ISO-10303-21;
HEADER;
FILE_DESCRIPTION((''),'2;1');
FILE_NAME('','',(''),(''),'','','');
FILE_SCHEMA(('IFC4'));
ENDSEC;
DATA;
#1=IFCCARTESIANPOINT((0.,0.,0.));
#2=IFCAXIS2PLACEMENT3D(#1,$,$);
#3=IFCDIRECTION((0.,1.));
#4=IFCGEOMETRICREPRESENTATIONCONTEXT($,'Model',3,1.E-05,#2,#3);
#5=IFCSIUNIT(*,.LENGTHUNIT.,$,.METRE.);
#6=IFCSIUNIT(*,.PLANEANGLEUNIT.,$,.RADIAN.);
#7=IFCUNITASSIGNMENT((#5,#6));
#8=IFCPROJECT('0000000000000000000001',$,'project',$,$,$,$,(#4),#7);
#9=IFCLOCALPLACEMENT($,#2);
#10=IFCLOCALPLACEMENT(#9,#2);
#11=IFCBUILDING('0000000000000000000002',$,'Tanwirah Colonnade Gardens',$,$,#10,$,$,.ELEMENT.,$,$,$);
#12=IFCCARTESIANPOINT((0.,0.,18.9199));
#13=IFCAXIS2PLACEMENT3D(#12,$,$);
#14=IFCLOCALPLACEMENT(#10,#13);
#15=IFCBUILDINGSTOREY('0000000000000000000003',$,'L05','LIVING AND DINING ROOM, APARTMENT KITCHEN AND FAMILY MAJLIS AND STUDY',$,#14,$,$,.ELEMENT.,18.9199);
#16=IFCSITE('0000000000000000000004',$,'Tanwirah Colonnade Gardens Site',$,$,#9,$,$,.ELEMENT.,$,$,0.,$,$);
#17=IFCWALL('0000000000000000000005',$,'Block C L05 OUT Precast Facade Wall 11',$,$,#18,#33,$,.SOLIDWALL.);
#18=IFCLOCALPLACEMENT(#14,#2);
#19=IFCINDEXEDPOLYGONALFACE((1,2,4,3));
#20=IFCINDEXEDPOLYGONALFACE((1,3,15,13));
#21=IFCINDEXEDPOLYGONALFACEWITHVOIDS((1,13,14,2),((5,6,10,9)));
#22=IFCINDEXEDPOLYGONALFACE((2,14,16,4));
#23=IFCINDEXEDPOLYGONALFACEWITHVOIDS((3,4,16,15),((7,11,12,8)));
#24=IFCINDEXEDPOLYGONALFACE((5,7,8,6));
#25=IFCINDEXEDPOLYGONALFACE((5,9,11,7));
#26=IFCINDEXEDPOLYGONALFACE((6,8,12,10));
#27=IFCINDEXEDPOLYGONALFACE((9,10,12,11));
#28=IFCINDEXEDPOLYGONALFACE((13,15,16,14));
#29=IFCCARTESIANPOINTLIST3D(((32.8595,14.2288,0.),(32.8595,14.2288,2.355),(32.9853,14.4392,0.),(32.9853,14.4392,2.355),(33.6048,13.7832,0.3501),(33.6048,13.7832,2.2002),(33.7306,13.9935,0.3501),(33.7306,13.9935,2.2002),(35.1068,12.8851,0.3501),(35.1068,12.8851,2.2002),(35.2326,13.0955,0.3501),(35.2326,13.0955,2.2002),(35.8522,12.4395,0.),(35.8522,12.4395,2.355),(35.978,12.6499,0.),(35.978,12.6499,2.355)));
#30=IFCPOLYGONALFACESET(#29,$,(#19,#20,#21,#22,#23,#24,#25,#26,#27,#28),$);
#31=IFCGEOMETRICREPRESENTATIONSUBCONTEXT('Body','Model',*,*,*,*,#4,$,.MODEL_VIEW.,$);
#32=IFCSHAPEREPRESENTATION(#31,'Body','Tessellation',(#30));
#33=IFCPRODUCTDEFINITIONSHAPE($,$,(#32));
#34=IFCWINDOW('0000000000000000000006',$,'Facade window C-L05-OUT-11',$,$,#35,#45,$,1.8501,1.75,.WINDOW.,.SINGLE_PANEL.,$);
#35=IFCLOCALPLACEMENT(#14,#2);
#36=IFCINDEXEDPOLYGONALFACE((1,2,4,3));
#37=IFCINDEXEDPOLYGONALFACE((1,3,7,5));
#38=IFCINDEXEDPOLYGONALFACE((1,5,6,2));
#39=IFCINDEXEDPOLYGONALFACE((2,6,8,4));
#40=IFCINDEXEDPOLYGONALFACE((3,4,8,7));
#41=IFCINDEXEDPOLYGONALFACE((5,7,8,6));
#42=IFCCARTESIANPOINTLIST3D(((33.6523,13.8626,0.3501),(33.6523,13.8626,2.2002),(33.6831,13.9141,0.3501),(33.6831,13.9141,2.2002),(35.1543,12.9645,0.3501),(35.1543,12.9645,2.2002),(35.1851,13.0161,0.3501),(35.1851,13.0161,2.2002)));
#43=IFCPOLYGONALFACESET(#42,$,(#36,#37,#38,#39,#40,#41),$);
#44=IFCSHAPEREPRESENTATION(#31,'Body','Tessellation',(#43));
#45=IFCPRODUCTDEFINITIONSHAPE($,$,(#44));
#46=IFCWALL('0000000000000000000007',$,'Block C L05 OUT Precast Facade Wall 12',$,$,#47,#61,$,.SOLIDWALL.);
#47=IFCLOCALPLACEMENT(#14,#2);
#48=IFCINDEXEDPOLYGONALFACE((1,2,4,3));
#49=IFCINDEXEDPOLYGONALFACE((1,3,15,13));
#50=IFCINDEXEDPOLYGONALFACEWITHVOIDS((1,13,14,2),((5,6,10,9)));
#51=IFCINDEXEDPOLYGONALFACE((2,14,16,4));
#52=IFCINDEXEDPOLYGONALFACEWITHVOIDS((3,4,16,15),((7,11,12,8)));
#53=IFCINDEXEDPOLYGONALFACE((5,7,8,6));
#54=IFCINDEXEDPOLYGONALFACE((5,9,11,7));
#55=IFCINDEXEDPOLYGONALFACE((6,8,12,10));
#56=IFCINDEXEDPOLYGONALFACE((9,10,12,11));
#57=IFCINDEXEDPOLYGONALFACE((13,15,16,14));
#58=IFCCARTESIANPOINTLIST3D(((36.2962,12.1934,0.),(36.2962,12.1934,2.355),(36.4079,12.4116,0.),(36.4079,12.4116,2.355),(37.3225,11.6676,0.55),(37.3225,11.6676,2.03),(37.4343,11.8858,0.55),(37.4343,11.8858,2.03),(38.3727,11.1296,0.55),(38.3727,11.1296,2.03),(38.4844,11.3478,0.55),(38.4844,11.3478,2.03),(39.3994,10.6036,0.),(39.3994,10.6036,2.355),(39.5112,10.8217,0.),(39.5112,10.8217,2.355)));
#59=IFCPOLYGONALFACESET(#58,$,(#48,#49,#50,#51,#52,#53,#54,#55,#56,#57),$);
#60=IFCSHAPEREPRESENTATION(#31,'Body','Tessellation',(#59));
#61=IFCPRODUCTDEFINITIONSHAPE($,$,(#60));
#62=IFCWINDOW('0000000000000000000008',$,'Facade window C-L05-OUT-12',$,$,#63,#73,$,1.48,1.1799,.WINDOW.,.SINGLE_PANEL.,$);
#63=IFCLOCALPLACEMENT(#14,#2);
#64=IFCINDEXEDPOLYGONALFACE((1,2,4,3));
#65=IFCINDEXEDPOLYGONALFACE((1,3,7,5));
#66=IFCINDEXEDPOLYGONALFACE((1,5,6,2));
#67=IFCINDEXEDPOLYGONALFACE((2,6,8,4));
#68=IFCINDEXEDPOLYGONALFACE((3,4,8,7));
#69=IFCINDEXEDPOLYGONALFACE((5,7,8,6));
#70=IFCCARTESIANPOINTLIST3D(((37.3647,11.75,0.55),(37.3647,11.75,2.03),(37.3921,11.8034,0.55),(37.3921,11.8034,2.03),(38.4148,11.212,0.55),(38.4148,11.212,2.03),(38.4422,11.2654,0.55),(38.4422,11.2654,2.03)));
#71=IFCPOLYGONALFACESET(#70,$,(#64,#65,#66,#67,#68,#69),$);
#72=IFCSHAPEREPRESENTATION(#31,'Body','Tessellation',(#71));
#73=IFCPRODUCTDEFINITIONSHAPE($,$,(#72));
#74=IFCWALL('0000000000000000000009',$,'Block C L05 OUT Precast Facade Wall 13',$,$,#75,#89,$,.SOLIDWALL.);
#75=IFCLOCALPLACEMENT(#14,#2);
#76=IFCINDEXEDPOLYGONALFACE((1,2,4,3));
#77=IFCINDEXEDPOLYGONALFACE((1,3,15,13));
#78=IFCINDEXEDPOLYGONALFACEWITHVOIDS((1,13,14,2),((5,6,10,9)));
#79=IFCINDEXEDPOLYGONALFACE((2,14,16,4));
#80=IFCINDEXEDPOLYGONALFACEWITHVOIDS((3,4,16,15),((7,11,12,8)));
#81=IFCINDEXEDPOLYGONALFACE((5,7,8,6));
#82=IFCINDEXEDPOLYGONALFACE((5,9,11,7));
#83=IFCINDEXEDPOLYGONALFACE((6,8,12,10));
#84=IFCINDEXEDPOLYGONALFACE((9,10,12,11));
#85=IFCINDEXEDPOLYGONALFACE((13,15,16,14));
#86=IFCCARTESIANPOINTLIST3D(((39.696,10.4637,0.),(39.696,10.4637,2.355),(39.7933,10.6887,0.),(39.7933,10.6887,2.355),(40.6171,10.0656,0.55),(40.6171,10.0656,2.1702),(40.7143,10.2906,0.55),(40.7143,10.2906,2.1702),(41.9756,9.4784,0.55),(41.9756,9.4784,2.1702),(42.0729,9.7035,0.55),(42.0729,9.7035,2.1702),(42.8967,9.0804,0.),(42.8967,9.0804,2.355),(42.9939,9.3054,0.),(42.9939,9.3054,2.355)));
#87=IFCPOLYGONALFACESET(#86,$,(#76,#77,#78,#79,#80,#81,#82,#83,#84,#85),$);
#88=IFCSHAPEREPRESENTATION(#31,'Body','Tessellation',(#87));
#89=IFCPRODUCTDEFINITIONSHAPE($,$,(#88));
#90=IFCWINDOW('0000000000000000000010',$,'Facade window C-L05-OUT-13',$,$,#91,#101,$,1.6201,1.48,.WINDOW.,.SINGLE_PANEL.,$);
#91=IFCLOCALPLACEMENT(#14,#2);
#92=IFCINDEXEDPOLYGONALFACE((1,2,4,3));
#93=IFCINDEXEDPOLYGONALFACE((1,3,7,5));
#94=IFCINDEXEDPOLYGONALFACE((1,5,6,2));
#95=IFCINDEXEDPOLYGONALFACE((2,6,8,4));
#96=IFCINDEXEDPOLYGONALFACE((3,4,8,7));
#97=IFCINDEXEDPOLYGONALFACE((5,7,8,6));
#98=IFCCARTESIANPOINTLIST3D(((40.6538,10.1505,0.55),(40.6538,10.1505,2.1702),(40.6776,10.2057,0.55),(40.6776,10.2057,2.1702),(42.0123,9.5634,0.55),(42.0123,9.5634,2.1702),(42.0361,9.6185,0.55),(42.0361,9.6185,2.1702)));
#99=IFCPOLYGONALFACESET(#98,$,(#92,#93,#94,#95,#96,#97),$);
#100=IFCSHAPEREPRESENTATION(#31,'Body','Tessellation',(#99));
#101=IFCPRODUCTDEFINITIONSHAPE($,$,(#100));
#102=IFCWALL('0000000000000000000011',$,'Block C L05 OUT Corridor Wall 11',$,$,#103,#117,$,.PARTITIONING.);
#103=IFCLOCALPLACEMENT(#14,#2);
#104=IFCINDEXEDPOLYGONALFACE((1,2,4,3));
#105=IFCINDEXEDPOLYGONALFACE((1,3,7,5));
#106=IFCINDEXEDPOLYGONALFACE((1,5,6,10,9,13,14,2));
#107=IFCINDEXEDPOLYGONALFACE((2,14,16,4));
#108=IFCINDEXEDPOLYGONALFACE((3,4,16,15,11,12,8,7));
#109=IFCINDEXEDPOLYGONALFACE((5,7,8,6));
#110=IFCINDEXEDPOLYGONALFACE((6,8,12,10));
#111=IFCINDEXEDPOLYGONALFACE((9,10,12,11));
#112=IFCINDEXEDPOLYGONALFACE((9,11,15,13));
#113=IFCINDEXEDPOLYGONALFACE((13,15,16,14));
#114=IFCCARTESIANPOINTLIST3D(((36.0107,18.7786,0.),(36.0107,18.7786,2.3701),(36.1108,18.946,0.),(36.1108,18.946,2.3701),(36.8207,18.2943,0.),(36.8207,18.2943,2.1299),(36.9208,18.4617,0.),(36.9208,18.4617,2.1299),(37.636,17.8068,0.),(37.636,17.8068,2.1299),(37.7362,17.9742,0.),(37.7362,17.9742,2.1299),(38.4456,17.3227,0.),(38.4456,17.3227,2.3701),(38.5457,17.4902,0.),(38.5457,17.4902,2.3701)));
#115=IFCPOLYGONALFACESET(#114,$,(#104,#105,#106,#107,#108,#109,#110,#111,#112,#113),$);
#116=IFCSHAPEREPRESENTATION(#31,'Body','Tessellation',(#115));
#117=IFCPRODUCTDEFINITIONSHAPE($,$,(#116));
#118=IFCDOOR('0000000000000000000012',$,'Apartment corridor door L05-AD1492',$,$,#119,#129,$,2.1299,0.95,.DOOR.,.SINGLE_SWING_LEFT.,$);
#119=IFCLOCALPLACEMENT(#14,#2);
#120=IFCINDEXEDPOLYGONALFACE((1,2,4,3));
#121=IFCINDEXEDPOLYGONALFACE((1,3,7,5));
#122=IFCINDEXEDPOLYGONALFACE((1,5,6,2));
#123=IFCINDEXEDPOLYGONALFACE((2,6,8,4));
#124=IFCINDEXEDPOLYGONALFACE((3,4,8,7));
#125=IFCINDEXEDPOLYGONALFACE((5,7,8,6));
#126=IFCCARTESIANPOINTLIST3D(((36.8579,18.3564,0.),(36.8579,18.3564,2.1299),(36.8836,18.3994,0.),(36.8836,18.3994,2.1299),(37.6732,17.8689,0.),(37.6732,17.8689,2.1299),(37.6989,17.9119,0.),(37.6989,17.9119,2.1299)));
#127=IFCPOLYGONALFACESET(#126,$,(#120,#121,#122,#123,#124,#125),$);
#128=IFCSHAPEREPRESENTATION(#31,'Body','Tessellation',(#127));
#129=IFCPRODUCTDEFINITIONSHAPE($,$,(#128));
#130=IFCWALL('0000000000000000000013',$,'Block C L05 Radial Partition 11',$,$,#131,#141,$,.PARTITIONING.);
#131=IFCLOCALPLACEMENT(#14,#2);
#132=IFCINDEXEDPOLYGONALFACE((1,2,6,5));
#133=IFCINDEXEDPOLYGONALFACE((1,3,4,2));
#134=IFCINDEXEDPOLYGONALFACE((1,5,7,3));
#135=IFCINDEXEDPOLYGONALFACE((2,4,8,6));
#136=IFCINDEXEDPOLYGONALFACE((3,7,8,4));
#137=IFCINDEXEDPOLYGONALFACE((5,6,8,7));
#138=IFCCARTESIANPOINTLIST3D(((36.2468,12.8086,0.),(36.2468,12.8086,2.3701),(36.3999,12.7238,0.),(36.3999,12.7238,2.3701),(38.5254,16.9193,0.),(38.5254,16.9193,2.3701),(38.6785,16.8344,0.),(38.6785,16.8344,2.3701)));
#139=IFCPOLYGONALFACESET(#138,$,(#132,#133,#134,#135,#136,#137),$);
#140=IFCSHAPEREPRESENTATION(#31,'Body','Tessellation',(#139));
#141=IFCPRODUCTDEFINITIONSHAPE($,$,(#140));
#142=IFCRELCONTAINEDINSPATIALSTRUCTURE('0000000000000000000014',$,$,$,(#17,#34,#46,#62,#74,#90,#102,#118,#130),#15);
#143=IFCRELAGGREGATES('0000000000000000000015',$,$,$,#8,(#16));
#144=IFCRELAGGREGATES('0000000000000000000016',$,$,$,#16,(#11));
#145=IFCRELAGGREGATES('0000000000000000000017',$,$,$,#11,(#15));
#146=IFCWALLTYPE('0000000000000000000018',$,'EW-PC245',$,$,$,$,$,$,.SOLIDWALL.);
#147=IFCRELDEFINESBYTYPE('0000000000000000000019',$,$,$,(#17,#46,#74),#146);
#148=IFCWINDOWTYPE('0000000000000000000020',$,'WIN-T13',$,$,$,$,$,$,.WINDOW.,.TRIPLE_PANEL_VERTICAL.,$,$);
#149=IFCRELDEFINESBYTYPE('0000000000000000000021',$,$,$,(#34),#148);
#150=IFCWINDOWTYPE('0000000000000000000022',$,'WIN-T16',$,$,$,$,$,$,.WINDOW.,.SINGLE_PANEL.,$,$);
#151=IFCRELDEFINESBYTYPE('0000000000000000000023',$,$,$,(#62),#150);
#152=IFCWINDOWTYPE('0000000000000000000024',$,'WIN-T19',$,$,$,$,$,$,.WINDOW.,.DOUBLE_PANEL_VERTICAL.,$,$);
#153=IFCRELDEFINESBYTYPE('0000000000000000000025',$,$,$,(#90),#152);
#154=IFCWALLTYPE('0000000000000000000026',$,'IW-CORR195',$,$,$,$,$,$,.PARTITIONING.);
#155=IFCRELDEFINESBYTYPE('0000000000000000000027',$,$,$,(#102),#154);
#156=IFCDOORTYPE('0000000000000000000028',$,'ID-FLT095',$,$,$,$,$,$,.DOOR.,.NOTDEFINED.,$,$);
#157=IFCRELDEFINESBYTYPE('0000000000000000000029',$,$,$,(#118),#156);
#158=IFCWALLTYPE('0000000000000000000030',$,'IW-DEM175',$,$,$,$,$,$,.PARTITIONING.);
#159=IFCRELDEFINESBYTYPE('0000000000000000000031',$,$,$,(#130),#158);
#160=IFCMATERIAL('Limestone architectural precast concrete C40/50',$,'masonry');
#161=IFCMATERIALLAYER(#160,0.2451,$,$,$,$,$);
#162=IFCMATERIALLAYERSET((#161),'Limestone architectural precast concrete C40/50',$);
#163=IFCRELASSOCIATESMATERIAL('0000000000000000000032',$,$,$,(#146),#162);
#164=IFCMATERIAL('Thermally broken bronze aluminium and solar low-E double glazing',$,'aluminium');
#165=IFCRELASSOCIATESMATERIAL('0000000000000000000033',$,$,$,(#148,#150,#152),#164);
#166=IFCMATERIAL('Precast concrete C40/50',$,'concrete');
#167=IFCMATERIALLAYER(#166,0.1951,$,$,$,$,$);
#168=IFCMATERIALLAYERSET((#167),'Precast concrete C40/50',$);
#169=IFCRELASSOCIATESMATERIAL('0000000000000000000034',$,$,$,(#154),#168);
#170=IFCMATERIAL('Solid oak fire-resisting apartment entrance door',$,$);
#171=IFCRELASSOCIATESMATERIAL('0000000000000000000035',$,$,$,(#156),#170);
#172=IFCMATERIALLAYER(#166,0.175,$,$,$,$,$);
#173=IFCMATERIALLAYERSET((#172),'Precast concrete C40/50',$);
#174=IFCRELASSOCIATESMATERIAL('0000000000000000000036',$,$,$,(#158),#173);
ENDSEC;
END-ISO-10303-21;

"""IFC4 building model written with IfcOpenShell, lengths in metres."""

from ifc_helpers import new_model, si_unit, direction, frame, frame_2d, origin, place, context, subcontext, project, spatial, rectangle, extrude, material, layer, layer_set, type_object, element, fill, save


model = new_model("IFC4")

# Units and contexts
model_context = context("Model", 3, precision=1e-05, world=origin(), true_north=direction((0.0, 1.0)))
body_context = subcontext(model_context, "Body", "Model", "MODEL_VIEW")
ifc_project = project(units=[si_unit("LENGTHUNIT", "METRE"), si_unit("PLANEANGLEUNIT", "RADIAN")], contexts=[model_context])

# Site, building, storey
site_placement = place(None, origin())
site = spatial("IfcSite", under=ifc_project, at=site_placement, Name="Tanwirah Colonnade Gardens Site", CompositionType="ELEMENT", RefElevation=0.0)
building_placement = place(site_placement, origin())
building = spatial("IfcBuilding", under=site, at=building_placement, Name="Tanwirah Colonnade Gardens", CompositionType="ELEMENT")
storey_placement = place(building_placement, frame((0.0, 0.0, 18.9199)))
storey = spatial("IfcBuildingStorey", under=building, at=storey_placement, Name="L05", Description="LIVING AND DINING ROOM, APARTMENT KITCHEN AND FAMILY MAJLIS AND STUDY", CompositionType="ELEMENT", Elevation=18.9199)

# Shared definitions
ifc_material_1 = material(Name="Precast concrete C40/50", Category="concrete")

# Walls, openings, windows
ifc_material_2 = material(Name="Limestone architectural precast concrete C40/50", Category="masonry")
ifc_layer_1 = layer(ifc_material_2, 0.2451)
ifc_layer_set_1 = layer_set([ifc_layer_1], Name="Limestone architectural precast concrete C40/50")
wall_type_1 = type_object("IfcWallType", Name="EW-PC245", PredefinedType="SOLIDWALL", material=ifc_layer_set_1)
wall_1_placement = place(storey_placement, frame((32.9224, 14.334, 0.0), z_axis=(0.0, 0.0, 1.0), x_axis=(0.858289, -0.513167, 0.0)))
wall_1 = element("IfcWall", 1, at=wall_1_placement, inside=storey, type_object=wall_type_1, Name="Block C L05 OUT Precast Facade Wall 11", PredefinedType="SOLIDWALL", context=body_context, shape_type="SweptSolid", body=[
    extrude(rectangle(XDim=3.4868, YDim=0.2451, at=frame_2d((1.7434, 0.0))), origin(), (0.0, 0.0, 1.0), 2.355),
])
opening_1_placement = place(wall_1_placement, frame((0.8684, 0.0, 0.3501)))
opening_1 = element("IfcOpeningElement", 2, at=opening_1_placement, cuts=wall_1, PredefinedType="OPENING", context=body_context, shape_type="SweptSolid", body=[
    extrude(rectangle(XDim=1.75, YDim=1.8501, at=frame_2d((0.875, 0.925))), frame((0.0, 0.1326, 0.0), z_axis=(0.0, -1.0, 0.0), x_axis=(1.0, 0.0, 0.0)), (0.0, 0.0, 1.0), 0.2651),
])
ifc_material_3 = material(Name="Thermally broken bronze aluminium and solar low-E double glazing", Category="aluminium")
window_type_1 = type_object("IfcWindowType", Name="WIN-T13", PartitioningType="TRIPLE_PANEL_VERTICAL", PredefinedType="WINDOW", material=ifc_material_3)
window_1_placement = place(opening_1_placement, origin())
window_1 = element("IfcWindow", 3, at=window_1_placement, inside=storey, type_object=window_type_1, Name="Facade window C-L05-OUT-11", OverallHeight=1.8501, OverallWidth=1.75, PartitioningType="SINGLE_PANEL", PredefinedType="WINDOW", context=body_context, shape_type="SweptSolid", body=[
    extrude(rectangle(XDim=1.75, YDim=1.8501, at=frame_2d((0.875, 0.925))), frame((0.0, 0.03, 0.0), z_axis=(0.0, -1.0, 0.0), x_axis=(1.0, 0.0, 0.0)), (0.0, 0.0, 1.0), 0.0601),
])
fill(opening_1, window_1)
wall_2_placement = place(storey_placement, frame((36.3521, 12.3025, 0.0), z_axis=(0.0, 0.0, 1.0), x_axis=(0.890001, -0.455958, 0.0)))
wall_2 = element("IfcWall", 4, at=wall_2_placement, inside=storey, type_object=wall_type_1, Name="Block C L05 OUT Precast Facade Wall 12", PredefinedType="SOLIDWALL", context=body_context, shape_type="SweptSolid", body=[
    extrude(rectangle(XDim=3.4868, YDim=0.2451, at=frame_2d((1.7434, 0.0))), origin(), (0.0, 0.0, 1.0), 2.355),
])
opening_2_placement = place(wall_2_placement, frame((1.1533, 0.0, 0.55)))
opening_2 = element("IfcOpeningElement", 5, at=opening_2_placement, cuts=wall_2, PredefinedType="OPENING", context=body_context, shape_type="SweptSolid", body=[
    extrude(rectangle(XDim=1.1799, YDim=1.48, at=frame_2d((0.5898, 0.74))), frame((0.0, 0.1326, 0.0), z_axis=(0.0, -1.0, 0.0), x_axis=(1.0, 0.0, 0.0)), (0.0, 0.0, 1.0), 0.2651),
])
window_type_2 = type_object("IfcWindowType", Name="WIN-T16", PartitioningType="SINGLE_PANEL", PredefinedType="WINDOW", material=ifc_material_3)
window_2_placement = place(opening_2_placement, origin())
window_2 = element("IfcWindow", 6, at=window_2_placement, inside=storey, type_object=window_type_2, Name="Facade window C-L05-OUT-12", OverallHeight=1.48, OverallWidth=1.1799, PartitioningType="SINGLE_PANEL", PredefinedType="WINDOW", context=body_context, shape_type="SweptSolid", body=[
    extrude(rectangle(XDim=1.1799, YDim=1.48, at=frame_2d((0.5898, 0.74))), frame((0.0, 0.03, 0.0), z_axis=(0.0, -1.0, 0.0), x_axis=(1.0, 0.0, 0.0)), (0.0, 0.0, 1.0), 0.0601),
])
fill(opening_2, window_2)
wall_3_placement = place(storey_placement, frame((39.7446, 10.5762, 0.0), z_axis=(0.0, 0.0, 1.0), x_axis=(0.917938, -0.396723, 0.0)))
wall_3 = element("IfcWall", 7, at=wall_3_placement, inside=storey, type_object=wall_type_1, Name="Block C L05 OUT Precast Facade Wall 13", PredefinedType="SOLIDWALL", context=body_context, shape_type="SweptSolid", body=[
    extrude(rectangle(XDim=3.4868, YDim=0.2451, at=frame_2d((1.7434, 0.0))), origin(), (0.0, 0.0, 1.0), 2.355),
])
opening_3_placement = place(wall_3_placement, frame((1.0034, 0.0, 0.55)))
opening_3 = element("IfcOpeningElement", 8, at=opening_3_placement, cuts=wall_3, PredefinedType="OPENING", context=body_context, shape_type="SweptSolid", body=[
    extrude(rectangle(XDim=1.48, YDim=1.6201, at=frame_2d((0.74, 0.8101))), frame((0.0, 0.1326, 0.0), z_axis=(0.0, -1.0, 0.0), x_axis=(1.0, 0.0, 0.0)), (0.0, 0.0, 1.0), 0.2651),
])
window_type_3 = type_object("IfcWindowType", Name="WIN-T19", PartitioningType="DOUBLE_PANEL_VERTICAL", PredefinedType="WINDOW", material=ifc_material_3)
window_3_placement = place(opening_3_placement, origin())
window_3 = element("IfcWindow", 9, at=window_3_placement, inside=storey, type_object=window_type_3, Name="Facade window C-L05-OUT-13", OverallHeight=1.6201, OverallWidth=1.48, PartitioningType="SINGLE_PANEL", PredefinedType="WINDOW", context=body_context, shape_type="SweptSolid", body=[
    extrude(rectangle(XDim=1.48, YDim=1.6201, at=frame_2d((0.74, 0.8101))), frame((0.0, 0.03, 0.0), z_axis=(0.0, -1.0, 0.0), x_axis=(1.0, 0.0, 0.0)), (0.0, 0.0, 1.0), 0.0601),
])
fill(opening_3, window_3)

# Wall, opening, door
ifc_layer_2 = layer(ifc_material_1, 0.1951)
ifc_layer_set_2 = layer_set([ifc_layer_2], Name="Precast concrete C40/50")
wall_type_2 = type_object("IfcWallType", Name="IW-CORR195", PredefinedType="PARTITIONING", material=ifc_layer_set_2)
wall_4_placement = place(storey_placement, frame((36.0608, 18.8623, 0.0), z_axis=(0.0, 0.0, 1.0), x_axis=(0.858282, -0.513179, 0.0)))
wall_4 = element("IfcWall", 10, at=wall_4_placement, inside=storey, type_object=wall_type_2, Name="Block C L05 OUT Corridor Wall 11", PredefinedType="PARTITIONING", context=body_context, shape_type="SweptSolid", body=[
    extrude(rectangle(XDim=2.8369, YDim=0.1951, at=frame_2d((1.4185, 0.0))), origin(), (0.0, 0.0, 1.0), 2.3701),
])
opening_4_placement = place(wall_4_placement, frame((0.9436, 0.0, 0.0)))
opening_4 = element("IfcOpeningElement", 11, at=opening_4_placement, cuts=wall_4, PredefinedType="OPENING", context=body_context, shape_type="SweptSolid", body=[
    extrude(rectangle(XDim=0.95, YDim=2.1299, at=frame_2d((0.4751, 1.0649))), frame((0.0, 0.1074, 0.0), z_axis=(0.0, -1.0, 0.0), x_axis=(1.0, 0.0, 0.0)), (0.0, 0.0, 1.0), 0.2151),
])
ifc_material_4 = material(Name="Solid oak fire-resisting apartment entrance door")
door_type_1 = type_object("IfcDoorType", Name="ID-FLT095", OperationType="NOTDEFINED", PredefinedType="DOOR", material=ifc_material_4)
door_1_placement = place(opening_4_placement, origin())
door_1 = element("IfcDoor", 12, at=door_1_placement, inside=storey, type_object=door_type_1, Name="Apartment corridor door L05-AD1492", OperationType="SINGLE_SWING_LEFT", OverallHeight=2.1299, OverallWidth=0.95, PredefinedType="DOOR", context=body_context, shape_type="SweptSolid", body=[
    extrude(rectangle(XDim=0.95, YDim=2.1299, at=frame_2d((0.4751, 1.0649))), frame((0.0, 0.0249, 0.0), z_axis=(0.0, -1.0, 0.0), x_axis=(1.0, 0.0, 0.0)), (0.0, 0.0, 1.0), 0.05),
])
fill(opening_4, door_1)

# Wall
ifc_layer_3 = layer(ifc_material_1, 0.175)
ifc_layer_set_3 = layer_set([ifc_layer_3], Name="Precast concrete C40/50")
wall_type_3 = type_object("IfcWallType", Name="IW-DEM175", PredefinedType="PARTITIONING", material=ifc_layer_set_3)
wall_5_placement = place(storey_placement, frame((38.6021, 16.877, 0.0), z_axis=(0.0, 0.0, 1.0), x_axis=(-0.484814, -0.874618, 0.0)))
element("IfcWall", 13, at=wall_5_placement, inside=storey, type_object=wall_type_3, Name="Block C L05 Radial Partition 11", PredefinedType="PARTITIONING", context=body_context, shape_type="SweptSolid", body=[
    extrude(rectangle(XDim=4.7, YDim=0.175, at=frame_2d((2.3501, 0.0))), origin(), (0.0, 0.0, 1.0), 2.3701),
])

save(model, "model.ifc")
